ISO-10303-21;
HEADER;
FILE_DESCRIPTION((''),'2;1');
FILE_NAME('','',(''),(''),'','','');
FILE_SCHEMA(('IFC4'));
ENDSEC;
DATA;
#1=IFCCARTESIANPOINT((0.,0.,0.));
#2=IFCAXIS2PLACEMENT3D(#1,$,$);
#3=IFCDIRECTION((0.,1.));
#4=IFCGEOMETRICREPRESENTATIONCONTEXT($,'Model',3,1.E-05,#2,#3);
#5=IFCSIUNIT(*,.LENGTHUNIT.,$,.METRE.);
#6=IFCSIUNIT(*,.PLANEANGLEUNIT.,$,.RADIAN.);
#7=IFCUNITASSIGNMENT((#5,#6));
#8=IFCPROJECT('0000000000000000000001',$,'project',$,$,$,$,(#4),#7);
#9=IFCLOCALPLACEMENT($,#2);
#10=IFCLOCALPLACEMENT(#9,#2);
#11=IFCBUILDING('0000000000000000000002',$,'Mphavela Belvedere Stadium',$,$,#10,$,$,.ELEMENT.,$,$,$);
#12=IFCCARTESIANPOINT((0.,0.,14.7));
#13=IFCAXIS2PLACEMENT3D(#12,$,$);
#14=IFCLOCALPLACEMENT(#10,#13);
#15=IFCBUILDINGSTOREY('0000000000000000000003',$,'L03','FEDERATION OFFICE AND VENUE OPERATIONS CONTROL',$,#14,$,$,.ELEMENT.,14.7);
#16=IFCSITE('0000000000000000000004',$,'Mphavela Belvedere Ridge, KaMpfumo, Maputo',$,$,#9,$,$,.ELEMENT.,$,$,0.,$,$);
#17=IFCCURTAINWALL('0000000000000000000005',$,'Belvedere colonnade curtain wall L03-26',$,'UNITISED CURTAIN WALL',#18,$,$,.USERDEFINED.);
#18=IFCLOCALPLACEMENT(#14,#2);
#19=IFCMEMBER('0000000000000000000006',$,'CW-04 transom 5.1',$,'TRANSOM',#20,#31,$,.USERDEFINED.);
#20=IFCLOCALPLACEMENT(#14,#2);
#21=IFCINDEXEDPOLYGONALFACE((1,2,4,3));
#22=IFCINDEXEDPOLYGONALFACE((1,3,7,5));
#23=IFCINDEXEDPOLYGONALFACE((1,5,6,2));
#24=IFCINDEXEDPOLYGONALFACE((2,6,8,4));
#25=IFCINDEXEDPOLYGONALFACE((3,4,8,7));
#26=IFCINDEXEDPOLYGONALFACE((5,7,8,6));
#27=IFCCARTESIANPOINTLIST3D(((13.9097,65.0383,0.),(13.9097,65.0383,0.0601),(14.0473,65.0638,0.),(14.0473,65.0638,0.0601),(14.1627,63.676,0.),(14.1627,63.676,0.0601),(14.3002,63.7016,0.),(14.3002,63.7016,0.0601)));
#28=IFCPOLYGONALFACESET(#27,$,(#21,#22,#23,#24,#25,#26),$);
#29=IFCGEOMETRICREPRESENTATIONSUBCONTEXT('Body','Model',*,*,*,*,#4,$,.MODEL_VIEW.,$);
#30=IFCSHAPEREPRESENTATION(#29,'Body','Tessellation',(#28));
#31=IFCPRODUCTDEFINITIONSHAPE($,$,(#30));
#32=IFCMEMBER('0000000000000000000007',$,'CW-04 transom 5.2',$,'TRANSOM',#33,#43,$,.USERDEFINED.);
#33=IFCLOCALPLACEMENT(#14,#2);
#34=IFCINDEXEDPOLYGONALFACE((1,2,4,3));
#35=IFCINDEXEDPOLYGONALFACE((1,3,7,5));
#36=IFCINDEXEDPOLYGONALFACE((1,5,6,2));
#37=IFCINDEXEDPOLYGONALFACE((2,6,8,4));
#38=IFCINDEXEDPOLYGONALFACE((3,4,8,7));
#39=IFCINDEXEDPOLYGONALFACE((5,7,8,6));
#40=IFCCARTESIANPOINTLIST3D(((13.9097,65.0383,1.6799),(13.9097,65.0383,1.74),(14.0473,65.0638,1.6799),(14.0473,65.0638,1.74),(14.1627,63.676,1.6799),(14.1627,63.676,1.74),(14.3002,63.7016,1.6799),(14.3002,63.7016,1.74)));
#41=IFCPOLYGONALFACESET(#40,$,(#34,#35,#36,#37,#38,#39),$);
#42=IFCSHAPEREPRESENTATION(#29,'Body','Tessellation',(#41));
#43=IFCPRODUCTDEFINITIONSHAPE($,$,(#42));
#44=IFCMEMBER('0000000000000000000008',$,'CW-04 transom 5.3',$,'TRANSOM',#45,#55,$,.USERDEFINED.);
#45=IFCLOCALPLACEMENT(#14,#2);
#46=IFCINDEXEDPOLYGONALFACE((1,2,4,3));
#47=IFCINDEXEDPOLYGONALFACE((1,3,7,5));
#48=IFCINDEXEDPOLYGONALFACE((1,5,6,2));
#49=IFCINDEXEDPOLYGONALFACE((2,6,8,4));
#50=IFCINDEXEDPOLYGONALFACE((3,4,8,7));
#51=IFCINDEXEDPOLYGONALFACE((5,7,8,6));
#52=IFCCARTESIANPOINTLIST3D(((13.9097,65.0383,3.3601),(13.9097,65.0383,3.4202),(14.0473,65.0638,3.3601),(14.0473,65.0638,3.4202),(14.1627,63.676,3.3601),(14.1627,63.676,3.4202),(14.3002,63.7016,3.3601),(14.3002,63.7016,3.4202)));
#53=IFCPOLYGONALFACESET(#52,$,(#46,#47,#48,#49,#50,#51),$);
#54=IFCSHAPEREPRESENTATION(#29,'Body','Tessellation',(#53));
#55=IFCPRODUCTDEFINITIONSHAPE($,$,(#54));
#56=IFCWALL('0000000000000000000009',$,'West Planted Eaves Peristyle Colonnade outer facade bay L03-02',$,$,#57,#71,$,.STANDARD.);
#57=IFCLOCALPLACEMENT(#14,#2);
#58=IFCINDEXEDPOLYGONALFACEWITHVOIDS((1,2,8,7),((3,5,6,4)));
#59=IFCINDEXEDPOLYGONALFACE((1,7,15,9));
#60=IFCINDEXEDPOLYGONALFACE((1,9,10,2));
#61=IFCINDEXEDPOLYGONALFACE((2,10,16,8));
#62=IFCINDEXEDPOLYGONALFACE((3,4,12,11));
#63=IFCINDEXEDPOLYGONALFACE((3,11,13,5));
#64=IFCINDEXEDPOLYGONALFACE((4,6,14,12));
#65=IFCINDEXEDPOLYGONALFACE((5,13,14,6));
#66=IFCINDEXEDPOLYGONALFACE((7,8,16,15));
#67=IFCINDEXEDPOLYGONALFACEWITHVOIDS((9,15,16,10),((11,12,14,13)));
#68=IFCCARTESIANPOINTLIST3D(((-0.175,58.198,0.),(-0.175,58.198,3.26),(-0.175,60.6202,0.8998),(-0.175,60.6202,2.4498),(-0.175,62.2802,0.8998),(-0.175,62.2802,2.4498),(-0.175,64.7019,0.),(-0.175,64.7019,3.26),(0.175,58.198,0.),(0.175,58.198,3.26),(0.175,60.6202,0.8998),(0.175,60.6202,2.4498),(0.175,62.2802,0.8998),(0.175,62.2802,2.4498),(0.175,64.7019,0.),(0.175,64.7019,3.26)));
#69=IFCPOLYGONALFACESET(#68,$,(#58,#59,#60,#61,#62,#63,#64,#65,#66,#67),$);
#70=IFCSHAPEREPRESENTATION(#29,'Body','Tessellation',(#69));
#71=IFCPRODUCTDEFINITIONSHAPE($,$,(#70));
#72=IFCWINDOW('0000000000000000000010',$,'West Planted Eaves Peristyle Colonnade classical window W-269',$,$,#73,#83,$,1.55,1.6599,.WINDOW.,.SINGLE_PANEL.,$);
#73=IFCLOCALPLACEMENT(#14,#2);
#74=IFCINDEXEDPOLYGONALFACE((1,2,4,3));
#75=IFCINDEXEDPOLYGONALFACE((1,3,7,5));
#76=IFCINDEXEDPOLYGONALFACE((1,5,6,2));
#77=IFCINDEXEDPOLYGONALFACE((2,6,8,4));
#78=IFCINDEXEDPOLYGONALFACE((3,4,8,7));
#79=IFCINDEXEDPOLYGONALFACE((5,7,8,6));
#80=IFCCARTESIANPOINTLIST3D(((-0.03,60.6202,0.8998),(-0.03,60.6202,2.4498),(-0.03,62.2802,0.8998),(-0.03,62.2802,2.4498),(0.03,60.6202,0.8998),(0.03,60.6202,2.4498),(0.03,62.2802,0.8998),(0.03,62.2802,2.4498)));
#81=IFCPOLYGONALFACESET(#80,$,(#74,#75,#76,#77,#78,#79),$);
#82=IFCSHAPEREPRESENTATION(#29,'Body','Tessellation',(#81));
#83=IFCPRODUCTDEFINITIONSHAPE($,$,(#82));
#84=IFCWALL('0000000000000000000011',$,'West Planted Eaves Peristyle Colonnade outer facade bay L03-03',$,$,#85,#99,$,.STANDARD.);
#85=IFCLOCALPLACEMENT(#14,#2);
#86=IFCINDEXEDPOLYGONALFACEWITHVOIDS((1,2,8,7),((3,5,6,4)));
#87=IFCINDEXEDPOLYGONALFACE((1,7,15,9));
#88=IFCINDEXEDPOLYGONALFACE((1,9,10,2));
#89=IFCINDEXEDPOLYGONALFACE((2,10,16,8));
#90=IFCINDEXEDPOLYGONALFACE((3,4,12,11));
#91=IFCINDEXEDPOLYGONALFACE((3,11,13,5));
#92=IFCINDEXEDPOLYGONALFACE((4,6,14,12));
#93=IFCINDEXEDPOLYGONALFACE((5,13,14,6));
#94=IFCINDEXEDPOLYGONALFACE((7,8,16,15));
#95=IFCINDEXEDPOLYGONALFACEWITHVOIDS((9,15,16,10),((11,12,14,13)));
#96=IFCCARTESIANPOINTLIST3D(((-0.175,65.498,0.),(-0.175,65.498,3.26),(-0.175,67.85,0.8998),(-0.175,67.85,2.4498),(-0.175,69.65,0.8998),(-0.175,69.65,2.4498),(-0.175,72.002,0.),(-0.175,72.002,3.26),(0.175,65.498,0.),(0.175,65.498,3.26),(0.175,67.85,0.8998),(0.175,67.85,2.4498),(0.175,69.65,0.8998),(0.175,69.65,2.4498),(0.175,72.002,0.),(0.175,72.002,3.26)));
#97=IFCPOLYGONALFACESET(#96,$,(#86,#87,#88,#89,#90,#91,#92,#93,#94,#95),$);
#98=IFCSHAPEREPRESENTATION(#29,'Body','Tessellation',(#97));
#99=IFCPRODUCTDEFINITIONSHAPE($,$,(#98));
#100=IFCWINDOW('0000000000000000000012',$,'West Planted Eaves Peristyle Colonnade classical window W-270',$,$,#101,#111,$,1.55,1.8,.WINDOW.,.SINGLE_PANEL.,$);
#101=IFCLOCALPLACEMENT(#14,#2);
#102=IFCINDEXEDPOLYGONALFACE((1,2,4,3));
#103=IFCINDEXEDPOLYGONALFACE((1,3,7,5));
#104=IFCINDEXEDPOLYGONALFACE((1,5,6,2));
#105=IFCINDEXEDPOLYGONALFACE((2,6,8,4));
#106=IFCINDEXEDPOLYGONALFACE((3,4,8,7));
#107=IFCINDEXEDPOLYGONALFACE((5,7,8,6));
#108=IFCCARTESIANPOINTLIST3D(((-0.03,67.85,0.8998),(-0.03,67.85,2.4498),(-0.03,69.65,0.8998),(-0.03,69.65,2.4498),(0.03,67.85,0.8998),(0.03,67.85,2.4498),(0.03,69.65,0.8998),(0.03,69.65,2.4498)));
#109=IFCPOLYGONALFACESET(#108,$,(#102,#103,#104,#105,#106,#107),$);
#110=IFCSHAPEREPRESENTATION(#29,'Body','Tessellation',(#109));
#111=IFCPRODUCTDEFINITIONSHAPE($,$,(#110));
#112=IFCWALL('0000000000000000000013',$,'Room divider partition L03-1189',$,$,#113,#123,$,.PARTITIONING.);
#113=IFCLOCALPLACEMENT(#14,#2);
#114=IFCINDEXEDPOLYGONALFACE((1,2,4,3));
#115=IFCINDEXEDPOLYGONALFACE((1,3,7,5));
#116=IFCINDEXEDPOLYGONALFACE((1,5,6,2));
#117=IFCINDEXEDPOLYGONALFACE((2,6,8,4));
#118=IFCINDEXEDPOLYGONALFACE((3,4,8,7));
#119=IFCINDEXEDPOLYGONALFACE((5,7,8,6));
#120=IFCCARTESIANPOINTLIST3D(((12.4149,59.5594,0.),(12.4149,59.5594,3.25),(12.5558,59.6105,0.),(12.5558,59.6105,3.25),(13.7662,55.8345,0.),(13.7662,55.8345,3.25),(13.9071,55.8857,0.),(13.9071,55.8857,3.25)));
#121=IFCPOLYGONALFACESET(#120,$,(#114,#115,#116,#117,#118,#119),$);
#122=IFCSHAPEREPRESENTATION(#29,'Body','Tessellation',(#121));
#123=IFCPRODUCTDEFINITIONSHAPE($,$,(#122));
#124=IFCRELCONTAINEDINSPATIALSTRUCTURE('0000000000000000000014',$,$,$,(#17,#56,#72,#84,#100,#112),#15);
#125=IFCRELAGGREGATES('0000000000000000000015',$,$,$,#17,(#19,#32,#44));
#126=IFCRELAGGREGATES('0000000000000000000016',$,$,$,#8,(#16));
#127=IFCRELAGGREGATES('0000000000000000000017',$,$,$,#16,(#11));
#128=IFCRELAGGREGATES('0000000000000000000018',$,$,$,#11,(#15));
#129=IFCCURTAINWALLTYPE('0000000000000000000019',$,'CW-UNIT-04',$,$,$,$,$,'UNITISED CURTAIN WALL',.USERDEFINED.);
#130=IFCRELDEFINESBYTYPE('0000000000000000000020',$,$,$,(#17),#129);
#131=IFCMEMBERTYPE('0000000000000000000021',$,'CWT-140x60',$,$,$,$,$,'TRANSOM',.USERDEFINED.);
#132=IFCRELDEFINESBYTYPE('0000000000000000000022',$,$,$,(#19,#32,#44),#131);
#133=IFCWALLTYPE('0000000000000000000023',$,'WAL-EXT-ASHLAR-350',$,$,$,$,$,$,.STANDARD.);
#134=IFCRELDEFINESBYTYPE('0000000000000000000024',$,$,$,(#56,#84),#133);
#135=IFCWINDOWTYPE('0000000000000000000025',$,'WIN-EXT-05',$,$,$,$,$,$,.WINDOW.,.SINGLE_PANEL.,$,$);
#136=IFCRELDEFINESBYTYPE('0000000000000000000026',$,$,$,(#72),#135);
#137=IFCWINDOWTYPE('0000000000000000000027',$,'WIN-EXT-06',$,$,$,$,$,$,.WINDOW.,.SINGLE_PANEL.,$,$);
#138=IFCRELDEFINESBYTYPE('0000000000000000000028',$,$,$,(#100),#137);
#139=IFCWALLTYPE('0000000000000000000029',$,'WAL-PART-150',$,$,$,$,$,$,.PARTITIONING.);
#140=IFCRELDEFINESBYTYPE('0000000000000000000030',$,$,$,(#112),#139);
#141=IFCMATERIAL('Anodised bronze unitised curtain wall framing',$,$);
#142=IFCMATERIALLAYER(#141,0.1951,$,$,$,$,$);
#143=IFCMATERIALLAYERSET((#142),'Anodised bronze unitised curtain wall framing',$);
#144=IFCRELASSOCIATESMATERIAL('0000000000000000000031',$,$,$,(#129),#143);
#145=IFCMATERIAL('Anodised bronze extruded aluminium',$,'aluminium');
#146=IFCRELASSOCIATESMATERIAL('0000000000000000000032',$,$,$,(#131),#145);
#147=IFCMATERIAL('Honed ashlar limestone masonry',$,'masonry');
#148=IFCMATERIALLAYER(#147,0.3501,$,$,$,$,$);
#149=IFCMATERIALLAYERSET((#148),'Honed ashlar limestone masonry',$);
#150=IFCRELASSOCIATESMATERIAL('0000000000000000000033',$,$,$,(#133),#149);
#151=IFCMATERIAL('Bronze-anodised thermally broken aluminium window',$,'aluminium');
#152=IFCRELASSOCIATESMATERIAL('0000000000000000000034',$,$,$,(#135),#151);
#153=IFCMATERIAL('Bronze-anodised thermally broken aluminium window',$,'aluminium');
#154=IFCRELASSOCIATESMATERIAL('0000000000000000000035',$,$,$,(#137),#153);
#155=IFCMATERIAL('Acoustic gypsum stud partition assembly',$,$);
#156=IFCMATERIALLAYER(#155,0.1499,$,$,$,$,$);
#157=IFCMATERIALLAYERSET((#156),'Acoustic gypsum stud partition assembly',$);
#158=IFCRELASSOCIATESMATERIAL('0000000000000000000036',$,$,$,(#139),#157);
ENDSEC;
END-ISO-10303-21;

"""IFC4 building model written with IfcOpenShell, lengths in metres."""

from ifc_helpers import new_model, si_unit, direction, frame, frame_2d, origin, origin_2d, place, context, subcontext, project, spatial, rectangle, extrude, material, layer, layer_set, material_profile, profile_set, type_object, element, fill, aggregate, save


model = new_model("IFC4")

# Units and contexts
model_context = context("Model", 3, precision=1e-05, world=origin(), true_north=direction((0.0, 1.0)))
body_context = subcontext(model_context, "Body", "Model", "MODEL_VIEW")
ifc_project = project(units=[si_unit("LENGTHUNIT", "METRE"), si_unit("PLANEANGLEUNIT", "RADIAN")], contexts=[model_context])

# Site, building, storey
site_placement = place(None, origin())
site = spatial("IfcSite", under=ifc_project, at=site_placement, Name="Mphavela Belvedere Ridge, KaMpfumo, Maputo", CompositionType="ELEMENT", RefElevation=0.0)
building_placement = place(site_placement, origin())
building = spatial("IfcBuilding", under=site, at=building_placement, Name="Mphavela Belvedere Stadium", CompositionType="ELEMENT")
storey_placement = place(building_placement, frame((0.0, 0.0, 14.7)))
storey = spatial("IfcBuildingStorey", under=building, at=storey_placement, Name="L03", Description="FEDERATION OFFICE AND VENUE OPERATIONS CONTROL", CompositionType="ELEMENT", Elevation=14.7)

# Curtain wall, members
ifc_material_1 = material(Name="Anodised bronze unitised curtain wall framing")
ifc_layer_1 = layer(ifc_material_1, 0.1951)
ifc_layer_set_1 = layer_set([ifc_layer_1], Name="Anodised bronze unitised curtain wall framing")
curtain_wall_type = type_object("IfcCurtainWallType", Name="CW-UNIT-04", ElementType="UNITISED CURTAIN WALL", PredefinedType="USERDEFINED", material=ifc_layer_set_1)
curtain_wall_placement = place(storey_placement, origin())
curtain_wall = element("IfcCurtainWall", 1, at=curtain_wall_placement, inside=storey, type_object=curtain_wall_type, Name="Belvedere colonnade curtain wall L03-26", ObjectType="UNITISED CURTAIN WALL", PredefinedType="USERDEFINED")
ifc_material_2 = material(Name="Anodised bronze extruded aluminium", Category="aluminium")
ifc_material_profile_1 = material_profile(ifc_material_2, rectangle(XDim=0.1399, YDim=0.0601, at=origin_2d()), Name="CW-TRN 140x60")
ifc_profile_set_1 = profile_set([ifc_material_profile_1], Name="Anodised bronze extruded aluminium")
member_type_1 = type_object("IfcMemberType", Name="CWT-140x60", ElementType="TRANSOM", PredefinedType="USERDEFINED", material=ifc_profile_set_1)
member_1_placement = place(storey_placement, frame((13.9785, 65.051, 0.03), z_axis=(0.182544, -0.983198, 0.0), x_axis=(0.983198, 0.182544, 0.0)))
member_1 = element("IfcMember", 2, at=member_1_placement, type_object=member_type_1, Name="CW-04 transom 5.1", ObjectType="TRANSOM", PredefinedType="USERDEFINED", context=body_context, shape_type="SweptSolid", body=[
    extrude(rectangle(XDim=0.1399, YDim=0.0601, at=origin_2d()), origin(), (0.0, 0.0, 1.0), 1.3855),
])
member_2_placement = place(storey_placement, frame((13.9785, 65.051, 1.71), z_axis=(0.182544, -0.983198, 0.0), x_axis=(0.983198, 0.182544, 0.0)))
member_2 = element("IfcMember", 3, at=member_2_placement, type_object=member_type_1, Name="CW-04 transom 5.2", ObjectType="TRANSOM", PredefinedType="USERDEFINED", context=body_context, shape_type="SweptSolid", body=[
    extrude(rectangle(XDim=0.1399, YDim=0.0601, at=origin_2d()), origin(), (0.0, 0.0, 1.0), 1.3855),
])
member_3_placement = place(storey_placement, frame((13.9785, 65.051, 3.3901), z_axis=(0.182544, -0.983198, 0.0), x_axis=(0.983198, 0.182544, 0.0)))
member_3 = element("IfcMember", 4, at=member_3_placement, type_object=member_type_1, Name="CW-04 transom 5.3", ObjectType="TRANSOM", PredefinedType="USERDEFINED", context=body_context, shape_type="SweptSolid", body=[
    extrude(rectangle(XDim=0.1399, YDim=0.0601, at=origin_2d()), origin(), (0.0, 0.0, 1.0), 1.3855),
])
aggregate(curtain_wall, [member_1, member_2, member_3])

# Walls, openings, windows
ifc_material_3 = material(Name="Honed ashlar limestone masonry", Category="masonry")
ifc_layer_2 = layer(ifc_material_3, 0.3501)
ifc_layer_set_2 = layer_set([ifc_layer_2], Name="Honed ashlar limestone masonry")
wall_type_1 = type_object("IfcWallType", Name="WAL-EXT-ASHLAR-350", PredefinedType="STANDARD", material=ifc_layer_set_2)
wall_1_placement = place(storey_placement, frame((0.0, 58.198, 0.0), z_axis=(0.0, 0.0, 1.0), x_axis=(0.0, 1.0, 0.0)))
wall_1 = element("IfcWall", 5, at=wall_1_placement, inside=storey, type_object=wall_type_1, Name="West Planted Eaves Peristyle Colonnade outer facade bay L03-02", PredefinedType="STANDARD", context=body_context, shape_type="SweptSolid", body=[
    extrude(rectangle(XDim=6.5039, YDim=0.3501, at=frame_2d((3.252, 0.0))), origin(), (0.0, 0.0, 1.0), 3.26),
])
opening_1_placement = place(wall_1_placement, frame((2.4221, 0.0, 0.8999)))
opening_1 = element("IfcOpeningElement", 6, at=opening_1_placement, cuts=wall_1, PredefinedType="OPENING", context=body_context, shape_type="SweptSolid", body=[
    extrude(rectangle(XDim=1.6599, YDim=1.55, at=frame_2d((0.8301, 0.7749))), frame((0.0, 0.1851, 0.0), z_axis=(0.0, -1.0, 0.0), x_axis=(1.0, 0.0, 0.0)), (0.0, 0.0, 1.0), 0.3701),
])
ifc_material_4 = material(Name="Bronze-anodised thermally broken aluminium window", Category="aluminium")
window_type_1 = type_object("IfcWindowType", Name="WIN-EXT-05", PartitioningType="SINGLE_PANEL", PredefinedType="WINDOW", material=ifc_material_4)
window_1_placement = place(opening_1_placement, origin())
window_1 = element("IfcWindow", 7, at=window_1_placement, inside=storey, type_object=window_type_1, Name="West Planted Eaves Peristyle Colonnade classical window W-269", OverallHeight=1.55, OverallWidth=1.6599, PartitioningType="SINGLE_PANEL", PredefinedType="WINDOW", context=body_context, shape_type="SweptSolid", body=[
    extrude(rectangle(XDim=1.6599, YDim=1.55, at=frame_2d((0.8301, 0.7749))), frame((0.0, 0.03, 0.0), z_axis=(0.0, -1.0, 0.0), x_axis=(1.0, 0.0, 0.0)), (0.0, 0.0, 1.0), 0.0601),
])
fill(opening_1, window_1)
wall_2_placement = place(storey_placement, frame((0.0, 65.498, 0.0), z_axis=(0.0, 0.0, 1.0), x_axis=(0.0, 1.0, 0.0)))
wall_2 = element("IfcWall", 8, at=wall_2_placement, inside=storey, type_object=wall_type_1, Name="West Planted Eaves Peristyle Colonnade outer facade bay L03-03", PredefinedType="STANDARD", context=body_context, shape_type="SweptSolid", body=[
    extrude(rectangle(XDim=6.5039, YDim=0.3501, at=frame_2d((3.252, 0.0))), origin(), (0.0, 0.0, 1.0), 3.26),
])
opening_2_placement = place(wall_2_placement, frame((2.3521, 0.0, 0.8999)))
opening_2 = element("IfcOpeningElement", 9, at=opening_2_placement, cuts=wall_2, PredefinedType="OPENING", context=body_context, shape_type="SweptSolid", body=[
    extrude(rectangle(XDim=1.8, YDim=1.55, at=frame_2d((0.8999, 0.7749))), frame((0.0, 0.1851, 0.0), z_axis=(0.0, -1.0, 0.0), x_axis=(1.0, 0.0, 0.0)), (0.0, 0.0, 1.0), 0.3701),
])
ifc_material_5 = material(Name="Bronze-anodised thermally broken aluminium window", Category="aluminium")
window_type_2 = type_object("IfcWindowType", Name="WIN-EXT-06", PartitioningType="SINGLE_PANEL", PredefinedType="WINDOW", material=ifc_material_5)
window_2_placement = place(opening_2_placement, origin())
window_2 = element("IfcWindow", 10, at=window_2_placement, inside=storey, type_object=window_type_2, Name="West Planted Eaves Peristyle Colonnade classical window W-270", OverallHeight=1.55, OverallWidth=1.8, PartitioningType="SINGLE_PANEL", PredefinedType="WINDOW", context=body_context, shape_type="SweptSolid", body=[
    extrude(rectangle(XDim=1.8, YDim=1.55, at=frame_2d((0.8999, 0.7749))), frame((0.0, 0.03, 0.0), z_axis=(0.0, -1.0, 0.0), x_axis=(1.0, 0.0, 0.0)), (0.0, 0.0, 1.0), 0.0601),
])
fill(opening_2, window_2)

# Wall
ifc_material_6 = material(Name="Acoustic gypsum stud partition assembly")
ifc_layer_3 = layer(ifc_material_6, 0.1499)
ifc_layer_set_3 = layer_set([ifc_layer_3], Name="Acoustic gypsum stud partition assembly")
wall_type_2 = type_object("IfcWallType", Name="WAL-PART-150", PredefinedType="PARTITIONING", material=ifc_layer_set_3)
wall_3_placement = place(storey_placement, frame((12.4854, 59.585, 0.0), z_axis=(0.0, 0.0, 1.0), x_axis=(0.341036, -0.94005, 0.0)))
element("IfcWall", 11, at=wall_3_placement, inside=storey, type_object=wall_type_2, Name="Room divider partition L03-1189", PredefinedType="PARTITIONING", context=body_context, shape_type="SweptSolid", body=[
    extrude(rectangle(XDim=3.9624, YDim=0.1499, at=frame_2d((1.9812, 0.0))), origin(), (0.0, 0.0, 1.0), 3.25),
])

save(model, "model.ifc")
